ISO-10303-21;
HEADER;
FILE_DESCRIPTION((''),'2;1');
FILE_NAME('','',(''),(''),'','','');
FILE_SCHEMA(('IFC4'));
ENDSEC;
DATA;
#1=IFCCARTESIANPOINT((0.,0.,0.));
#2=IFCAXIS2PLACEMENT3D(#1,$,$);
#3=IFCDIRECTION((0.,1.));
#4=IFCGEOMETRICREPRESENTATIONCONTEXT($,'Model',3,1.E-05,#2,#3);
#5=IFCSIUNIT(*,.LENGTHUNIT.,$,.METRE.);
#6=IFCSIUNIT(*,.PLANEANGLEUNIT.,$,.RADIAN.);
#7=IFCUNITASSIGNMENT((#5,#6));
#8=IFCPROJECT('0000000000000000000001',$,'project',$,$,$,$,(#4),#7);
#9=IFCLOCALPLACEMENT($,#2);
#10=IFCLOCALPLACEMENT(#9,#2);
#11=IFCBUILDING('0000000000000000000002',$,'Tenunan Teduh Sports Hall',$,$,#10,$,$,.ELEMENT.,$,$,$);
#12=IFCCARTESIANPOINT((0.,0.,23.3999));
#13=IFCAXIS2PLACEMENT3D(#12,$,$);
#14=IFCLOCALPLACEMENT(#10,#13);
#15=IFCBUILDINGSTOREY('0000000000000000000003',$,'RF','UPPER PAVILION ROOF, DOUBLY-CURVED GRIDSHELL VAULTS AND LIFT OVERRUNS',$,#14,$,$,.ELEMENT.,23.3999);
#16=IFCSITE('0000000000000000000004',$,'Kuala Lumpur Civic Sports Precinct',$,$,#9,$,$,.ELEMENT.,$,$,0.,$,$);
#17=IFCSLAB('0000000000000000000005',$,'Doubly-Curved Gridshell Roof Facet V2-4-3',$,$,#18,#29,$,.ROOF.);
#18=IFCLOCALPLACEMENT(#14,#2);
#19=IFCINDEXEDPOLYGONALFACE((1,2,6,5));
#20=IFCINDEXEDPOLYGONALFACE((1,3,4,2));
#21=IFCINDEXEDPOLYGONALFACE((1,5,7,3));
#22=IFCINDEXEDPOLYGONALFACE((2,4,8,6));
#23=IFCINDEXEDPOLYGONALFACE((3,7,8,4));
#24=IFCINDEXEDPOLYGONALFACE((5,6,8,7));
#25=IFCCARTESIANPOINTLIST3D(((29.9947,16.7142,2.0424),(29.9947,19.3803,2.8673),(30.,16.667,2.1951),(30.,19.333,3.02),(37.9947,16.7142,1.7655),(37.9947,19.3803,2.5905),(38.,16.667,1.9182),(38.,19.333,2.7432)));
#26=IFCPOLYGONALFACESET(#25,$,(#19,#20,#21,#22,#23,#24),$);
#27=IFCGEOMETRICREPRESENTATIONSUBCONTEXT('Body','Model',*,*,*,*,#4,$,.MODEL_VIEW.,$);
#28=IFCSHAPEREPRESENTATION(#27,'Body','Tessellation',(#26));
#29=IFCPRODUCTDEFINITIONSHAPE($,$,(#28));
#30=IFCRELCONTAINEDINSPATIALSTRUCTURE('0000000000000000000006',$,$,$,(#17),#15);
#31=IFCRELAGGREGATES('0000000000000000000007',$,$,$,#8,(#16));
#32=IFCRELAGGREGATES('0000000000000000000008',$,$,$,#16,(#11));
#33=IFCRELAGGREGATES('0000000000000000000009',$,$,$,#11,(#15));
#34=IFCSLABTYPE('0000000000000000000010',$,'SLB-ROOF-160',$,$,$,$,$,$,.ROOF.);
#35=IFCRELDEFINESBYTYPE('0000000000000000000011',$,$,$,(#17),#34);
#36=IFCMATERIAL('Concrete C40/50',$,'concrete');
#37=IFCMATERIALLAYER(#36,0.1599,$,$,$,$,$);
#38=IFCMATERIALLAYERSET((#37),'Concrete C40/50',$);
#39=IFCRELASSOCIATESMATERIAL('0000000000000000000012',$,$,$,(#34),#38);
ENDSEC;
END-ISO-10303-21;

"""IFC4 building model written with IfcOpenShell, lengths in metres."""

from ifc_helpers import new_model, si_unit, direction, frame, origin, place, context, subcontext, project, spatial, polyline, outline, extrude, material, layer, layer_set, type_object, element, save


model = new_model("IFC4")

# Units and contexts
model_context = context("Model", 3, precision=1e-05, world=origin(), true_north=direction((0.0, 1.0)))
body_context = subcontext(model_context, "Body", "Model", "MODEL_VIEW")
ifc_project = project(units=[si_unit("LENGTHUNIT", "METRE"), si_unit("PLANEANGLEUNIT", "RADIAN")], contexts=[model_context])

# Site, building, storey
site_placement = place(None, origin())
site = spatial("IfcSite", under=ifc_project, at=site_placement, Name="Kuala Lumpur Civic Sports Precinct", CompositionType="ELEMENT", RefElevation=0.0)
building_placement = place(site_placement, origin())
building = spatial("IfcBuilding", under=site, at=building_placement, Name="Tenunan Teduh Sports Hall", CompositionType="ELEMENT")
storey_placement = place(building_placement, frame((0.0, 0.0, 23.3999)))
storey = spatial("IfcBuildingStorey", under=building, at=storey_placement, Name="RF", Description="UPPER PAVILION ROOF, DOUBLY-CURVED GRIDSHELL VAULTS AND LIFT OVERRUNS", CompositionType="ELEMENT", Elevation=23.3999)

# Slab
ifc_material_1 = material(Name="Concrete C40/50", Category="concrete")
ifc_layer_1 = layer(ifc_material_1, 0.1599)
ifc_layer_set_1 = layer_set([ifc_layer_1], Name="Concrete C40/50")
slab_type_1 = type_object("IfcSlabType", Name="SLB-ROOF-160", PredefinedType="ROOF", material=ifc_layer_set_1)
slab_1_placement = place(storey_placement, frame((30.0, 16.667, 2.1951), z_axis=(0.033042, -0.295442, 0.954789), x_axis=(0.999402, 0.0, -0.034586)))
element("IfcSlab", 1, at=slab_1_placement, inside=storey, type_object=slab_type_1, Name="Doubly-Curved Gridshell Roof Facet V2-4-3", PredefinedType="ROOF", context=body_context, shape_type="SweptSolid", body=[
    extrude(outline(polyline([(0.0, 0.0), (8.0048, 0.0), (7.9763, 2.7906), (-0.0285, 2.7906), (0.0, 0.0)])), origin(), (0.0, 0.0, -1.0), 0.1599),
])

save(model, "model.ifc")
